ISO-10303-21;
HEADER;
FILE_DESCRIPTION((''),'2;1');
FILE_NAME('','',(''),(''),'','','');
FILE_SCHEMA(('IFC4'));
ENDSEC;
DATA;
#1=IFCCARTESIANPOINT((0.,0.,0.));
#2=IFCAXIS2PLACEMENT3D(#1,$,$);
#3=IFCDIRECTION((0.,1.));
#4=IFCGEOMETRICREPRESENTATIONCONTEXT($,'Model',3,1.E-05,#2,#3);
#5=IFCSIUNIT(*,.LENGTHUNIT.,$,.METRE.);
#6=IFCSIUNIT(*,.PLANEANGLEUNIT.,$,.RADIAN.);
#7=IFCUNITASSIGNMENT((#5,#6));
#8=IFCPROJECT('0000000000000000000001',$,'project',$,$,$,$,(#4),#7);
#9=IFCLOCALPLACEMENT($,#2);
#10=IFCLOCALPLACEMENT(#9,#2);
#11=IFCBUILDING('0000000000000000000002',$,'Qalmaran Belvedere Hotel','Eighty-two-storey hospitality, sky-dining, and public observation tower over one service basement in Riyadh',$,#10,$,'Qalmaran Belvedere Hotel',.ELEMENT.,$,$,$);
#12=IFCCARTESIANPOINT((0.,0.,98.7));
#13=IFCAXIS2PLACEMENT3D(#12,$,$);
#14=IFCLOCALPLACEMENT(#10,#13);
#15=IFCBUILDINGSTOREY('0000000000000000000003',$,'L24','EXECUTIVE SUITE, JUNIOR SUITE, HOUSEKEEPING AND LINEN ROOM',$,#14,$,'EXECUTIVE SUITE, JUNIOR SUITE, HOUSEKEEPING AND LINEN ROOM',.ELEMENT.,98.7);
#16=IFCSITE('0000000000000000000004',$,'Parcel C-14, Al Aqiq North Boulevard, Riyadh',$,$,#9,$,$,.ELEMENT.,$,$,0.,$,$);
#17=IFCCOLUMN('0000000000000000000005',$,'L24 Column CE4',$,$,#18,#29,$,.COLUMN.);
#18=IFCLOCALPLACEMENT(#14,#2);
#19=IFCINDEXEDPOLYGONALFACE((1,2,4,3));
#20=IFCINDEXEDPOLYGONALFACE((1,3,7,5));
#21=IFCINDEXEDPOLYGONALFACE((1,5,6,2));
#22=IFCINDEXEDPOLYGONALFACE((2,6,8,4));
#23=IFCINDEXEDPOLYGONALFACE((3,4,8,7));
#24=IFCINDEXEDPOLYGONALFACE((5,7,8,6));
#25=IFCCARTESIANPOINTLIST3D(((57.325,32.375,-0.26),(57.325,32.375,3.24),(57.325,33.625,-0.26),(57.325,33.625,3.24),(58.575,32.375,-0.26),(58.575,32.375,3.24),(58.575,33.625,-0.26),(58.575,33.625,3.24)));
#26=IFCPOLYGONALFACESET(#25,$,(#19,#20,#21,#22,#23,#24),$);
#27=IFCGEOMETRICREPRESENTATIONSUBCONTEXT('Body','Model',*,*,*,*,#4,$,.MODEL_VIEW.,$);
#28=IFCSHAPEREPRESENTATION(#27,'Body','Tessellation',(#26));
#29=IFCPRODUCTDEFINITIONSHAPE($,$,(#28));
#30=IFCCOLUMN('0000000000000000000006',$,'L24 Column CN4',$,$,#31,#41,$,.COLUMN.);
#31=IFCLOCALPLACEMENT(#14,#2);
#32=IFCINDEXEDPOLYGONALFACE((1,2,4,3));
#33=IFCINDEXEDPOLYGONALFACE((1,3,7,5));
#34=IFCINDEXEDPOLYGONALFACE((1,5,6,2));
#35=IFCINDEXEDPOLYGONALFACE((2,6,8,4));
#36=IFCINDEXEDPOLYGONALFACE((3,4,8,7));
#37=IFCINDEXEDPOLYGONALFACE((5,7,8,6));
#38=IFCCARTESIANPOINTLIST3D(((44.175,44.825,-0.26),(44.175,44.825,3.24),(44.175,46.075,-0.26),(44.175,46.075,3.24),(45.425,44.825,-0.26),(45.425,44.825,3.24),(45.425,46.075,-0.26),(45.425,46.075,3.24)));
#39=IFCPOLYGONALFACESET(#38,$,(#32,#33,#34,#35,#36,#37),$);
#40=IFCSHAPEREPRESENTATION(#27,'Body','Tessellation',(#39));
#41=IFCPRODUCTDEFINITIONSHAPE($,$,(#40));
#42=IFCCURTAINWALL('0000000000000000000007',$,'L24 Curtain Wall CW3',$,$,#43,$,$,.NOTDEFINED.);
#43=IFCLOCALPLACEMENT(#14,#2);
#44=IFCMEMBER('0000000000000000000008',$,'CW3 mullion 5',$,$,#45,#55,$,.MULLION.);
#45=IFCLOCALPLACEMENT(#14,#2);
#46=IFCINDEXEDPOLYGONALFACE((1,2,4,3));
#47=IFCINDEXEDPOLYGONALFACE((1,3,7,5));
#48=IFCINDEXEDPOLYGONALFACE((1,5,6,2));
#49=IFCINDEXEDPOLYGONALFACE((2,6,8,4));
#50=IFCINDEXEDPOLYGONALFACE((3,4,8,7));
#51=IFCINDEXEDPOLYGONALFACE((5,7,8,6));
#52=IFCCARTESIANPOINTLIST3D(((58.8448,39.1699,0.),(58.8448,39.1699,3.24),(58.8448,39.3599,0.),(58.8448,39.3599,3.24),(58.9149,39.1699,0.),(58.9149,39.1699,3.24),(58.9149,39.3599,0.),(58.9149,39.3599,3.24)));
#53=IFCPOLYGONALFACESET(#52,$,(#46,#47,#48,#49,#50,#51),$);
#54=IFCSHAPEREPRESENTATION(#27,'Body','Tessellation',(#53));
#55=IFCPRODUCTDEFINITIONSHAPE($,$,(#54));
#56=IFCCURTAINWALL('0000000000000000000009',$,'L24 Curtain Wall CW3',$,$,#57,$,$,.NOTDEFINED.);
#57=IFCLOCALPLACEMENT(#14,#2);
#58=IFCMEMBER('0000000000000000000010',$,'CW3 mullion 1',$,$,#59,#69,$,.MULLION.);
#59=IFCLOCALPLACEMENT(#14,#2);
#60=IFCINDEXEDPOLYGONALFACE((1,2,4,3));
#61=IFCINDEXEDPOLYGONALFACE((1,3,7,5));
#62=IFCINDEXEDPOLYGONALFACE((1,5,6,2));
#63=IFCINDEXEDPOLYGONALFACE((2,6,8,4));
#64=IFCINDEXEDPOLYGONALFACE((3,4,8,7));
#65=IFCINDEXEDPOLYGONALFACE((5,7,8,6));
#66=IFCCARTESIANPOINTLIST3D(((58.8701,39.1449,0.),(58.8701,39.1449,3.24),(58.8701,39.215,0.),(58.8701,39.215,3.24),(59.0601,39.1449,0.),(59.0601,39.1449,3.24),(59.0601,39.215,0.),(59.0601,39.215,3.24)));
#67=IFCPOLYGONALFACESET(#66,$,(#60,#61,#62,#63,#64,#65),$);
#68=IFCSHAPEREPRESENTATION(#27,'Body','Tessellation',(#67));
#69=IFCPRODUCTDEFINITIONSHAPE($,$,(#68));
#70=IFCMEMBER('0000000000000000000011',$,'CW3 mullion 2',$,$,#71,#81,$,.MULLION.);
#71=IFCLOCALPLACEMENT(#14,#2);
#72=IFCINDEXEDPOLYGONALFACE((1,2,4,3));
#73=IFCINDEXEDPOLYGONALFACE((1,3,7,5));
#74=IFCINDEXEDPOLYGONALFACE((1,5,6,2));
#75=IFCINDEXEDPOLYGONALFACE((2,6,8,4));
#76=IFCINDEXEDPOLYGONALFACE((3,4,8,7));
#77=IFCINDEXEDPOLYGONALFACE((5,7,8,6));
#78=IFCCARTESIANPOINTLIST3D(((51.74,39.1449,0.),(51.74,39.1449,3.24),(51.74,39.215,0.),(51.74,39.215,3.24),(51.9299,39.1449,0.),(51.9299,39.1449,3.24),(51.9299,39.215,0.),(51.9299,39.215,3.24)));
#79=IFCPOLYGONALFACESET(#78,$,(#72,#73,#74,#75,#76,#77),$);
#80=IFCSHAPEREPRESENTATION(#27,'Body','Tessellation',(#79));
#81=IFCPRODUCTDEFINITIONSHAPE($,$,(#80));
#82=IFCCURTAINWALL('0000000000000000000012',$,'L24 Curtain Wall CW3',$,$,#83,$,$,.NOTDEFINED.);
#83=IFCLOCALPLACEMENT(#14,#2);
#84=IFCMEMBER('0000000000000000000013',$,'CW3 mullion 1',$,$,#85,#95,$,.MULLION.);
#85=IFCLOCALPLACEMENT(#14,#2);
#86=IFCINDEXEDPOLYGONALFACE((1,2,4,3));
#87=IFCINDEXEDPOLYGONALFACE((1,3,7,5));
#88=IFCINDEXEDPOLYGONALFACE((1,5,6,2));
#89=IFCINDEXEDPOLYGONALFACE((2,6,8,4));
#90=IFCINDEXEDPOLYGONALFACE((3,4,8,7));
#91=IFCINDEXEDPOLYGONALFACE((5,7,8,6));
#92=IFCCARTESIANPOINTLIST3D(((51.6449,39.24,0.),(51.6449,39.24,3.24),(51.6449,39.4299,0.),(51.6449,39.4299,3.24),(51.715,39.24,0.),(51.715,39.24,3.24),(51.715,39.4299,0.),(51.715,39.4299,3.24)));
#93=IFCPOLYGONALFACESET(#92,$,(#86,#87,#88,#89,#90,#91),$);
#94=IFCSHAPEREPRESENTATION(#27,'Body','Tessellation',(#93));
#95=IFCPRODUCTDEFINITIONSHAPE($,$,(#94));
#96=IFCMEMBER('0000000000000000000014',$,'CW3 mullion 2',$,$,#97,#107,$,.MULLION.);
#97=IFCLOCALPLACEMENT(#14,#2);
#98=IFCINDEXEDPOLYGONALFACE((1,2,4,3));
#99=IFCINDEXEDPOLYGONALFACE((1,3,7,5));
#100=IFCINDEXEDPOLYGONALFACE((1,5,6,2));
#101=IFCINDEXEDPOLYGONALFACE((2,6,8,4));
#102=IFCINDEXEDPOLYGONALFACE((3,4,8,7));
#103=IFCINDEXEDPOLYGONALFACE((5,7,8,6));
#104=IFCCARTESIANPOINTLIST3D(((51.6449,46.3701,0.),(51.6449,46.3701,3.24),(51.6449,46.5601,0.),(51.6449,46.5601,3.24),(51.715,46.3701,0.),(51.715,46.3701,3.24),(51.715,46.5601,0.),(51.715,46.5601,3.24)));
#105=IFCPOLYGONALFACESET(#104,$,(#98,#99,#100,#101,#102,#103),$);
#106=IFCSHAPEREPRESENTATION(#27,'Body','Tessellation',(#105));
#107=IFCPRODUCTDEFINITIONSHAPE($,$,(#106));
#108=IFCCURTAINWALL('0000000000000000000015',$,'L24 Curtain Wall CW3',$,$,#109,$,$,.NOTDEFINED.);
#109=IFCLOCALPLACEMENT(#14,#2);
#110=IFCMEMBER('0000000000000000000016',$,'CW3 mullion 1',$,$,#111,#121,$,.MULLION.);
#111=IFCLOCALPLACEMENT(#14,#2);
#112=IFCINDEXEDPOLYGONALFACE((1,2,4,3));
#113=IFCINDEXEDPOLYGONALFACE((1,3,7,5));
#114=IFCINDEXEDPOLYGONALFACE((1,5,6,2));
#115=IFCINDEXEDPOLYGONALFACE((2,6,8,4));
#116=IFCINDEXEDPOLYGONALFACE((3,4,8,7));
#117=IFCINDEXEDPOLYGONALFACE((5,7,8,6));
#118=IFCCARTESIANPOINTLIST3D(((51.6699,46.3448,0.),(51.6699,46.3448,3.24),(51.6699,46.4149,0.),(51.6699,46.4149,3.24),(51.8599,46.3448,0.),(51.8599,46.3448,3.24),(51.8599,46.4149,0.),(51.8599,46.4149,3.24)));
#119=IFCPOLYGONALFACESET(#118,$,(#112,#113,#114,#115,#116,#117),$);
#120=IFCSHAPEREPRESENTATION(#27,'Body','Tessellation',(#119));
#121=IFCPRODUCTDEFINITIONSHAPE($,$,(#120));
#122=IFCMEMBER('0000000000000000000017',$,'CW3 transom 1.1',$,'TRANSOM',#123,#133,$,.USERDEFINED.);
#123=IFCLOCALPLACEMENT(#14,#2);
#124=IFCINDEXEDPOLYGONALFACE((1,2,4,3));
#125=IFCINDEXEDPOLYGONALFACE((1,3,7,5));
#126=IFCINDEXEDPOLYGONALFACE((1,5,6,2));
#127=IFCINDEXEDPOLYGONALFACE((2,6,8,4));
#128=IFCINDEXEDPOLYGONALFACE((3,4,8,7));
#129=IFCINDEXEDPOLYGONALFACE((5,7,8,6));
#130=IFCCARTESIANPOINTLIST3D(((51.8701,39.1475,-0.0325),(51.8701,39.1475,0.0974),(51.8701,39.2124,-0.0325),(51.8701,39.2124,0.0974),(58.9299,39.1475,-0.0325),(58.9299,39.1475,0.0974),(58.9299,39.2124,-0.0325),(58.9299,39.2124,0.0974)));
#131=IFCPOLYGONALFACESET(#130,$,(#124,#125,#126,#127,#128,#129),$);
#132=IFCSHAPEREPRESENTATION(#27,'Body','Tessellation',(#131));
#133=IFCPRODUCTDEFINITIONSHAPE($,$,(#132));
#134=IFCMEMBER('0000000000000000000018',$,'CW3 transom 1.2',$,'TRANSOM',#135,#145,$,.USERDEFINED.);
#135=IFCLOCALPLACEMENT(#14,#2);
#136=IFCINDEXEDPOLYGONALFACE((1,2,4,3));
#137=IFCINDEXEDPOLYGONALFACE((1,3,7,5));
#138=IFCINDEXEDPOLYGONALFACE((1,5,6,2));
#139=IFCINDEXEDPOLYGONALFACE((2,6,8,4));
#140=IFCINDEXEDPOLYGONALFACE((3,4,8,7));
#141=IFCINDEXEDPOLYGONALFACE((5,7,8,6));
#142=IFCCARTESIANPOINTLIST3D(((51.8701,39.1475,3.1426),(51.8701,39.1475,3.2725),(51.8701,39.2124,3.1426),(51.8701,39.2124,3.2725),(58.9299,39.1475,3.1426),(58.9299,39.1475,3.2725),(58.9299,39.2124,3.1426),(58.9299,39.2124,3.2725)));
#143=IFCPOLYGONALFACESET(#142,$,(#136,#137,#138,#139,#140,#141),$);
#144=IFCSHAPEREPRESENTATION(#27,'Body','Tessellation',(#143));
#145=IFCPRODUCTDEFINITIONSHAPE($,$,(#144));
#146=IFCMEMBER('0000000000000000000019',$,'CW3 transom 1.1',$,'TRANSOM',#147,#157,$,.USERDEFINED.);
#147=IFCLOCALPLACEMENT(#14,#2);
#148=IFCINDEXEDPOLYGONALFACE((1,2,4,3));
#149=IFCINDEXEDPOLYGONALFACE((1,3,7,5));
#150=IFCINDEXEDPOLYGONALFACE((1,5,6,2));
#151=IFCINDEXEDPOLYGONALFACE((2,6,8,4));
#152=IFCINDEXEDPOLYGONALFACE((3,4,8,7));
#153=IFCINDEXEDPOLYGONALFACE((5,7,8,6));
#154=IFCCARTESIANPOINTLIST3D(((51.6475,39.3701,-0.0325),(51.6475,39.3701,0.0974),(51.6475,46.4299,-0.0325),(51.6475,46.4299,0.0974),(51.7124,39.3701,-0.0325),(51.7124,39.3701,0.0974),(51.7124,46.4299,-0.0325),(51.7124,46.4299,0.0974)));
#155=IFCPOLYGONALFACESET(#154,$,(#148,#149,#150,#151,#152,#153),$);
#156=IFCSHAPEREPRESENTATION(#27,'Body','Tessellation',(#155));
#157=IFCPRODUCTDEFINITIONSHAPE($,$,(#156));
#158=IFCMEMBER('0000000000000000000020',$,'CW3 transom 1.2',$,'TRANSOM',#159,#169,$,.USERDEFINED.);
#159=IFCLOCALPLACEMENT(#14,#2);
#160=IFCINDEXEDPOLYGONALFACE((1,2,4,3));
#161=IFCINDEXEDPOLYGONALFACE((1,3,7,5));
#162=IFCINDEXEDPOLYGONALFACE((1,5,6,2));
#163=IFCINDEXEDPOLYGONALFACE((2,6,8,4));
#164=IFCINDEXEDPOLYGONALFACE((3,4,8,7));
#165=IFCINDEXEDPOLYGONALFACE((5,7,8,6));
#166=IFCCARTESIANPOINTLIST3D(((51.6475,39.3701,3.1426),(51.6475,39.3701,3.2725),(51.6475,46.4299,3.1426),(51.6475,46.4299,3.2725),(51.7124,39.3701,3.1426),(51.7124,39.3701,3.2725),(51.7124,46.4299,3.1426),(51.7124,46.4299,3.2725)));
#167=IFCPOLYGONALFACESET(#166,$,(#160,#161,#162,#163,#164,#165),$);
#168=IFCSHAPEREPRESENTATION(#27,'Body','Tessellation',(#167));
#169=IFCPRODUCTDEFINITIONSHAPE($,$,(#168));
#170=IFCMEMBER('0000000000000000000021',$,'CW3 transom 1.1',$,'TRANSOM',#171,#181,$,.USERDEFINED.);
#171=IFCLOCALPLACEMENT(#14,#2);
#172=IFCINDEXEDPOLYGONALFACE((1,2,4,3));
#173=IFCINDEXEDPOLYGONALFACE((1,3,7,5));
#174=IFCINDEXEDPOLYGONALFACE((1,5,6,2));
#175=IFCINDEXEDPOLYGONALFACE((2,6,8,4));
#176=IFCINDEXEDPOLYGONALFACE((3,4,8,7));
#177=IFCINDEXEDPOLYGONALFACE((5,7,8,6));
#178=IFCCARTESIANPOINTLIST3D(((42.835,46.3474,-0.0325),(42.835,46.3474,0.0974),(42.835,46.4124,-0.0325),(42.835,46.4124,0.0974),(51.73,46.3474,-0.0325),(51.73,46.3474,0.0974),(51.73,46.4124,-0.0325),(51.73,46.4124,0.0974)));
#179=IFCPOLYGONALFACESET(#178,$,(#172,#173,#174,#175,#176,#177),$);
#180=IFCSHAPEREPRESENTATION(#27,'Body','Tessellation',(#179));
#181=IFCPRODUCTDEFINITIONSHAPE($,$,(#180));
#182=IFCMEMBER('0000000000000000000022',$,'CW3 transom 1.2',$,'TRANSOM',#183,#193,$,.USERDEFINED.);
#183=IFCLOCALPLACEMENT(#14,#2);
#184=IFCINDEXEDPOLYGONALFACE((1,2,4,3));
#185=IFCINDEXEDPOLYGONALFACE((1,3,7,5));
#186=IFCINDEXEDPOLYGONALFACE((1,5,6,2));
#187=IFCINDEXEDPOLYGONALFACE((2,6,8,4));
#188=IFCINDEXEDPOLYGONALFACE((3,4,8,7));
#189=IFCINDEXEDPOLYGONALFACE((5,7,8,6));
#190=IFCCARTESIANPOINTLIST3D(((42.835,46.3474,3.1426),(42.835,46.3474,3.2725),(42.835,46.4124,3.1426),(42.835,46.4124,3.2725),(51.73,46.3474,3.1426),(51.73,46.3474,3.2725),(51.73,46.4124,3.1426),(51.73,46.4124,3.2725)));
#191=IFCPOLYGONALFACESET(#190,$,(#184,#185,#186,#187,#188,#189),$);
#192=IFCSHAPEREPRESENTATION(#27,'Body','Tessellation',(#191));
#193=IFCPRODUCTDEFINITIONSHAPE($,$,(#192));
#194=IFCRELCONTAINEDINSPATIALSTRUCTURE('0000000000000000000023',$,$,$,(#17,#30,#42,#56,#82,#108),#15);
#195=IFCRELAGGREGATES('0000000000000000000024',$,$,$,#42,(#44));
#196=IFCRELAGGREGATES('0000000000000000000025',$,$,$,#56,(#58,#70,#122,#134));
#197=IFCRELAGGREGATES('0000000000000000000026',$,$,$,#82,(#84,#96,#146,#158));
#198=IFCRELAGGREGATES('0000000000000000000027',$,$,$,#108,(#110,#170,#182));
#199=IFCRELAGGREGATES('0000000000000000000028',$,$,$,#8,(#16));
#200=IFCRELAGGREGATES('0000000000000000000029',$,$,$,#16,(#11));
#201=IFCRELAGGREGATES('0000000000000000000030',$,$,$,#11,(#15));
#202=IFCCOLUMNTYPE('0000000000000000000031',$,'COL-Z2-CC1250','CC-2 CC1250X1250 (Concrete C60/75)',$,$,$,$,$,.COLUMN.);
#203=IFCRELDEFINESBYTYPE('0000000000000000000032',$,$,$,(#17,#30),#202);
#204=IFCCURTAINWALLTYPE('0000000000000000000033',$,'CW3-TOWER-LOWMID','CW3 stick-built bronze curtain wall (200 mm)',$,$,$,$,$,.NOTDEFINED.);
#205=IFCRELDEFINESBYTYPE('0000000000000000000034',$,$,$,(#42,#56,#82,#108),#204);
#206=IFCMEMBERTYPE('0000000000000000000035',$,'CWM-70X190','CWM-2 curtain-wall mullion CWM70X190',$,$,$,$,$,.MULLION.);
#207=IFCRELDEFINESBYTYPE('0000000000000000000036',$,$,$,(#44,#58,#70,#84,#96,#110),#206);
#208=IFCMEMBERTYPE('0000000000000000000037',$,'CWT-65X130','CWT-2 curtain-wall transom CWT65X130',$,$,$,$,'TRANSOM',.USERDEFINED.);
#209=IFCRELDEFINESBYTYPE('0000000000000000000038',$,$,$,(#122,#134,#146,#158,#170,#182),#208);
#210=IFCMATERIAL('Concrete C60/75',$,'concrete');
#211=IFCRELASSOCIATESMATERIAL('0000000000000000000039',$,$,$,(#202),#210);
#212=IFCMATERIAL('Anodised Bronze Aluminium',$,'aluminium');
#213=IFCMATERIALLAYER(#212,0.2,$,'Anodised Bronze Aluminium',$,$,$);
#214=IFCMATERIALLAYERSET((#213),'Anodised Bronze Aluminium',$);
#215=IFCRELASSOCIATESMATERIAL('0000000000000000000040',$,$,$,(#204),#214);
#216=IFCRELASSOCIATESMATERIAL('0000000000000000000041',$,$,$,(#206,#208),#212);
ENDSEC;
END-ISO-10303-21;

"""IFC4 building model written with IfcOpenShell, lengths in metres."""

from ifc_helpers import new_model, si_unit, direction, frame, origin, origin_2d, place, context, subcontext, project, spatial, rectangle, extrude, material, layer, layer_set, material_profile, profile_set, type_object, element, aggregate, save


model = new_model("IFC4")

# Units and contexts
model_context = context("Model", 3, precision=1e-05, world=origin(), true_north=direction((0.0, 1.0)))
body_context = subcontext(model_context, "Body", "Model", "MODEL_VIEW")
ifc_project = project(units=[si_unit("LENGTHUNIT", "METRE"), si_unit("PLANEANGLEUNIT", "RADIAN")], contexts=[model_context])

# Site, building, storey
site_placement = place(None, origin())
site = spatial("IfcSite", under=ifc_project, at=site_placement, Name="Parcel C-14, Al Aqiq North Boulevard, Riyadh", CompositionType="ELEMENT", RefElevation=0.0)
building_placement = place(site_placement, origin())
building = spatial("IfcBuilding", under=site, at=building_placement, Name="Qalmaran Belvedere Hotel", Description="Eighty-two-storey hospitality, sky-dining, and public observation tower over one service basement in Riyadh", LongName="Qalmaran Belvedere Hotel", CompositionType="ELEMENT")
storey_placement = place(building_placement, frame((0.0, 0.0, 98.7)))
storey = spatial("IfcBuildingStorey", under=building, at=storey_placement, Name="L24", Description="EXECUTIVE SUITE, JUNIOR SUITE, HOUSEKEEPING AND LINEN ROOM", LongName="EXECUTIVE SUITE, JUNIOR SUITE, HOUSEKEEPING AND LINEN ROOM", CompositionType="ELEMENT", Elevation=98.7)

# Columns
ifc_material_1 = material(Name="Concrete C60/75", Category="concrete")
ifc_material_profile_1 = material_profile(ifc_material_1, rectangle(XDim=1.25, YDim=1.25, at=origin_2d()), Name="CC1250X1250")
ifc_profile_set_1 = profile_set([ifc_material_profile_1], Name="Concrete C60/75")
column_type = type_object("IfcColumnType", Name="COL-Z2-CC1250", Description="CC-2 CC1250X1250 (Concrete C60/75)", PredefinedType="COLUMN", material=ifc_profile_set_1)
for number, where, z_axis, x_axis, name in (
    (1, (57.95, 33.0, -0.26), (0.0, 0.0, 1.0), (1.0, 0.0, 0.0), "L24 Column CE4"),
    (2, (44.8, 45.45, -0.26), (0.0, 0.0, 1.0), (1.0, 0.0, 0.0), "L24 Column CN4"),
):
    element("IfcColumn", number, at=place(storey_placement, frame(where, z_axis=z_axis, x_axis=x_axis)), inside=storey, type_object=column_type, Name=name, PredefinedType="COLUMN", context=body_context, shape_type="SweptSolid", body=[
        extrude(rectangle(XDim=1.25, YDim=1.25, at=origin_2d()), origin(), (0.0, 0.0, 1.0), 3.5),
    ])

# Curtain wall, member
ifc_material_2 = material(Name="Anodised Bronze Aluminium", Category="aluminium")
ifc_layer_1 = layer(ifc_material_2, 0.2, Name="Anodised Bronze Aluminium")
ifc_layer_set_1 = layer_set([ifc_layer_1], Name="Anodised Bronze Aluminium")
curtain_wall_type = type_object("IfcCurtainWallType", Name="CW3-TOWER-LOWMID", Description="CW3 stick-built bronze curtain wall (200 mm)", PredefinedType="NOTDEFINED", material=ifc_layer_set_1)
curtain_wall_1_placement = place(storey_placement, origin())
curtain_wall_1 = element("IfcCurtainWall", 3, at=curtain_wall_1_placement, inside=storey, type_object=curtain_wall_type, Name="L24 Curtain Wall CW3", PredefinedType="NOTDEFINED")
ifc_material_profile_2 = material_profile(ifc_material_2, rectangle(XDim=0.0701, YDim=0.1899, at=origin_2d()), Name="CWM70X190")
ifc_profile_set_2 = profile_set([ifc_material_profile_2], Name="Anodised Bronze Aluminium")
member_type_1 = type_object("IfcMemberType", Name="CWM-70X190", Description="CWM-2 curtain-wall mullion CWM70X190", PredefinedType="MULLION", material=ifc_profile_set_2)
member_1_placement = place(storey_placement, frame((58.8799, 39.2649, 0.0), z_axis=(0.0, 0.0, 1.0), x_axis=(-1.0, 0.0, 0.0)))
member_1 = element("IfcMember", 4, at=member_1_placement, type_object=member_type_1, Name="CW3 mullion 5", PredefinedType="MULLION", context=body_context, shape_type="SweptSolid", body=[
    extrude(rectangle(XDim=0.0701, YDim=0.1899, at=origin_2d()), origin(), (0.0, 0.0, 1.0), 3.24),
])

# Curtain walls, members
curtain_wall_2_placement = place(storey_placement, origin())
curtain_wall_2 = element("IfcCurtainWall", 5, at=curtain_wall_2_placement, inside=storey, type_object=curtain_wall_type, Name="L24 Curtain Wall CW3", PredefinedType="NOTDEFINED")
member_2_placement = place(storey_placement, frame((58.9651, 39.1799, 0.0), z_axis=(0.0, 0.0, 1.0), x_axis=(0.0, -1.0, 0.0)))
member_2 = element("IfcMember", 6, at=member_2_placement, type_object=member_type_1, Name="CW3 mullion 1", PredefinedType="MULLION", context=body_context, shape_type="SweptSolid", body=[
    extrude(rectangle(XDim=0.0701, YDim=0.1899, at=origin_2d()), origin(), (0.0, 0.0, 1.0), 3.24),
])
member_3_placement = place(storey_placement, frame((51.835, 39.1799, 0.0), z_axis=(0.0, 0.0, 1.0), x_axis=(0.0, -1.0, 0.0)))
member_3 = element("IfcMember", 7, at=member_3_placement, type_object=member_type_1, Name="CW3 mullion 2", PredefinedType="MULLION", context=body_context, shape_type="SweptSolid", body=[
    extrude(rectangle(XDim=0.0701, YDim=0.1899, at=origin_2d()), origin(), (0.0, 0.0, 1.0), 3.24),
])
curtain_wall_3_placement = place(storey_placement, origin())
curtain_wall_3 = element("IfcCurtainWall", 8, at=curtain_wall_3_placement, inside=storey, type_object=curtain_wall_type, Name="L24 Curtain Wall CW3", PredefinedType="NOTDEFINED")
member_4_placement = place(storey_placement, frame((51.6799, 39.335, 0.0), z_axis=(0.0, 0.0, 1.0), x_axis=(-1.0, 0.0, 0.0)))
member_4 = element("IfcMember", 9, at=member_4_placement, type_object=member_type_1, Name="CW3 mullion 1", PredefinedType="MULLION", context=body_context, shape_type="SweptSolid", body=[
    extrude(rectangle(XDim=0.0701, YDim=0.1899, at=origin_2d()), origin(), (0.0, 0.0, 1.0), 3.24),
])
member_5_placement = place(storey_placement, frame((51.6799, 46.4651, 0.0), z_axis=(0.0, 0.0, 1.0), x_axis=(-1.0, 0.0, 0.0)))
member_5 = element("IfcMember", 10, at=member_5_placement, type_object=member_type_1, Name="CW3 mullion 2", PredefinedType="MULLION", context=body_context, shape_type="SweptSolid", body=[
    extrude(rectangle(XDim=0.0701, YDim=0.1899, at=origin_2d()), origin(), (0.0, 0.0, 1.0), 3.24),
])

# Curtain wall, member
curtain_wall_4_placement = place(storey_placement, origin())
curtain_wall_4 = element("IfcCurtainWall", 11, at=curtain_wall_4_placement, inside=storey, type_object=curtain_wall_type, Name="L24 Curtain Wall CW3", PredefinedType="NOTDEFINED")
member_6_placement = place(storey_placement, frame((51.7649, 46.3799, 0.0), z_axis=(0.0, 0.0, 1.0), x_axis=(0.0, -1.0, 0.0)))
member_6 = element("IfcMember", 12, at=member_6_placement, type_object=member_type_1, Name="CW3 mullion 1", PredefinedType="MULLION", context=body_context, shape_type="SweptSolid", body=[
    extrude(rectangle(XDim=0.0701, YDim=0.1899, at=origin_2d()), origin(), (0.0, 0.0, 1.0), 3.24),
])

# Members
ifc_material_profile_3 = material_profile(ifc_material_2, rectangle(XDim=0.0649, YDim=0.1299, at=origin_2d()), Name="CWT65X130")
ifc_profile_set_3 = profile_set([ifc_material_profile_3], Name="Anodised Bronze Aluminium")
member_type_2 = type_object("IfcMemberType", Name="CWT-65X130", Description="CWT-2 curtain-wall transom CWT65X130", ElementType="TRANSOM", PredefinedType="USERDEFINED", material=ifc_profile_set_3)
member_7_placement = place(storey_placement, frame((58.9299, 39.1799, 0.0325), z_axis=(-1.0, 0.0, 0.0), x_axis=(0.0, -1.0, 0.0)))
member_7 = element("IfcMember", 13, at=member_7_placement, type_object=member_type_2, Name="CW3 transom 1.1", ObjectType="TRANSOM", PredefinedType="USERDEFINED", context=body_context, shape_type="SweptSolid", body=[
    extrude(rectangle(XDim=0.0649, YDim=0.1299, at=origin_2d()), origin(), (0.0, 0.0, 1.0), 7.0598),
])
member_8_placement = place(storey_placement, frame((58.9299, 39.1799, 3.2075), z_axis=(-1.0, 0.0, 0.0), x_axis=(0.0, -1.0, 0.0)))
member_8 = element("IfcMember", 14, at=member_8_placement, type_object=member_type_2, Name="CW3 transom 1.2", ObjectType="TRANSOM", PredefinedType="USERDEFINED", context=body_context, shape_type="SweptSolid", body=[
    extrude(rectangle(XDim=0.0649, YDim=0.1299, at=origin_2d()), origin(), (0.0, 0.0, 1.0), 7.0598),
])
member_9_placement = place(storey_placement, frame((51.6799, 39.3701, 0.0325), z_axis=(0.0, 1.0, 0.0), x_axis=(-1.0, 0.0, 0.0)))
member_9 = element("IfcMember", 15, at=member_9_placement, type_object=member_type_2, Name="CW3 transom 1.1", ObjectType="TRANSOM", PredefinedType="USERDEFINED", context=body_context, shape_type="SweptSolid", body=[
    extrude(rectangle(XDim=0.0649, YDim=0.1299, at=origin_2d()), origin(), (0.0, 0.0, 1.0), 7.0598),
])
member_10_placement = place(storey_placement, frame((51.6799, 39.3701, 3.2075), z_axis=(0.0, 1.0, 0.0), x_axis=(-1.0, 0.0, 0.0)))
member_10 = element("IfcMember", 16, at=member_10_placement, type_object=member_type_2, Name="CW3 transom 1.2", ObjectType="TRANSOM", PredefinedType="USERDEFINED", context=body_context, shape_type="SweptSolid", body=[
    extrude(rectangle(XDim=0.0649, YDim=0.1299, at=origin_2d()), origin(), (0.0, 0.0, 1.0), 7.0598),
])
member_11_placement = place(storey_placement, frame((51.73, 46.3799, 0.0325), z_axis=(-1.0, 0.0, 0.0), x_axis=(0.0, -1.0, 0.0)))
member_11 = element("IfcMember", 17, at=member_11_placement, type_object=member_type_2, Name="CW3 transom 1.1", ObjectType="TRANSOM", PredefinedType="USERDEFINED", context=body_context, shape_type="SweptSolid", body=[
    extrude(rectangle(XDim=0.0649, YDim=0.1299, at=origin_2d()), origin(), (0.0, 0.0, 1.0), 8.895),
])
member_12_placement = place(storey_placement, frame((51.73, 46.3799, 3.2075), z_axis=(-1.0, 0.0, 0.0), x_axis=(0.0, -1.0, 0.0)))
member_12 = element("IfcMember", 18, at=member_12_placement, type_object=member_type_2, Name="CW3 transom 1.2", ObjectType="TRANSOM", PredefinedType="USERDEFINED", context=body_context, shape_type="SweptSolid", body=[
    extrude(rectangle(XDim=0.0649, YDim=0.1299, at=origin_2d()), origin(), (0.0, 0.0, 1.0), 8.895),
])

aggregate(curtain_wall_1, [member_1])
aggregate(curtain_wall_2, [member_2, member_3, member_7, member_8])
aggregate(curtain_wall_3, [member_4, member_5, member_9, member_10])
aggregate(curtain_wall_4, [member_6, member_11, member_12])

save(model, "model.ifc")
